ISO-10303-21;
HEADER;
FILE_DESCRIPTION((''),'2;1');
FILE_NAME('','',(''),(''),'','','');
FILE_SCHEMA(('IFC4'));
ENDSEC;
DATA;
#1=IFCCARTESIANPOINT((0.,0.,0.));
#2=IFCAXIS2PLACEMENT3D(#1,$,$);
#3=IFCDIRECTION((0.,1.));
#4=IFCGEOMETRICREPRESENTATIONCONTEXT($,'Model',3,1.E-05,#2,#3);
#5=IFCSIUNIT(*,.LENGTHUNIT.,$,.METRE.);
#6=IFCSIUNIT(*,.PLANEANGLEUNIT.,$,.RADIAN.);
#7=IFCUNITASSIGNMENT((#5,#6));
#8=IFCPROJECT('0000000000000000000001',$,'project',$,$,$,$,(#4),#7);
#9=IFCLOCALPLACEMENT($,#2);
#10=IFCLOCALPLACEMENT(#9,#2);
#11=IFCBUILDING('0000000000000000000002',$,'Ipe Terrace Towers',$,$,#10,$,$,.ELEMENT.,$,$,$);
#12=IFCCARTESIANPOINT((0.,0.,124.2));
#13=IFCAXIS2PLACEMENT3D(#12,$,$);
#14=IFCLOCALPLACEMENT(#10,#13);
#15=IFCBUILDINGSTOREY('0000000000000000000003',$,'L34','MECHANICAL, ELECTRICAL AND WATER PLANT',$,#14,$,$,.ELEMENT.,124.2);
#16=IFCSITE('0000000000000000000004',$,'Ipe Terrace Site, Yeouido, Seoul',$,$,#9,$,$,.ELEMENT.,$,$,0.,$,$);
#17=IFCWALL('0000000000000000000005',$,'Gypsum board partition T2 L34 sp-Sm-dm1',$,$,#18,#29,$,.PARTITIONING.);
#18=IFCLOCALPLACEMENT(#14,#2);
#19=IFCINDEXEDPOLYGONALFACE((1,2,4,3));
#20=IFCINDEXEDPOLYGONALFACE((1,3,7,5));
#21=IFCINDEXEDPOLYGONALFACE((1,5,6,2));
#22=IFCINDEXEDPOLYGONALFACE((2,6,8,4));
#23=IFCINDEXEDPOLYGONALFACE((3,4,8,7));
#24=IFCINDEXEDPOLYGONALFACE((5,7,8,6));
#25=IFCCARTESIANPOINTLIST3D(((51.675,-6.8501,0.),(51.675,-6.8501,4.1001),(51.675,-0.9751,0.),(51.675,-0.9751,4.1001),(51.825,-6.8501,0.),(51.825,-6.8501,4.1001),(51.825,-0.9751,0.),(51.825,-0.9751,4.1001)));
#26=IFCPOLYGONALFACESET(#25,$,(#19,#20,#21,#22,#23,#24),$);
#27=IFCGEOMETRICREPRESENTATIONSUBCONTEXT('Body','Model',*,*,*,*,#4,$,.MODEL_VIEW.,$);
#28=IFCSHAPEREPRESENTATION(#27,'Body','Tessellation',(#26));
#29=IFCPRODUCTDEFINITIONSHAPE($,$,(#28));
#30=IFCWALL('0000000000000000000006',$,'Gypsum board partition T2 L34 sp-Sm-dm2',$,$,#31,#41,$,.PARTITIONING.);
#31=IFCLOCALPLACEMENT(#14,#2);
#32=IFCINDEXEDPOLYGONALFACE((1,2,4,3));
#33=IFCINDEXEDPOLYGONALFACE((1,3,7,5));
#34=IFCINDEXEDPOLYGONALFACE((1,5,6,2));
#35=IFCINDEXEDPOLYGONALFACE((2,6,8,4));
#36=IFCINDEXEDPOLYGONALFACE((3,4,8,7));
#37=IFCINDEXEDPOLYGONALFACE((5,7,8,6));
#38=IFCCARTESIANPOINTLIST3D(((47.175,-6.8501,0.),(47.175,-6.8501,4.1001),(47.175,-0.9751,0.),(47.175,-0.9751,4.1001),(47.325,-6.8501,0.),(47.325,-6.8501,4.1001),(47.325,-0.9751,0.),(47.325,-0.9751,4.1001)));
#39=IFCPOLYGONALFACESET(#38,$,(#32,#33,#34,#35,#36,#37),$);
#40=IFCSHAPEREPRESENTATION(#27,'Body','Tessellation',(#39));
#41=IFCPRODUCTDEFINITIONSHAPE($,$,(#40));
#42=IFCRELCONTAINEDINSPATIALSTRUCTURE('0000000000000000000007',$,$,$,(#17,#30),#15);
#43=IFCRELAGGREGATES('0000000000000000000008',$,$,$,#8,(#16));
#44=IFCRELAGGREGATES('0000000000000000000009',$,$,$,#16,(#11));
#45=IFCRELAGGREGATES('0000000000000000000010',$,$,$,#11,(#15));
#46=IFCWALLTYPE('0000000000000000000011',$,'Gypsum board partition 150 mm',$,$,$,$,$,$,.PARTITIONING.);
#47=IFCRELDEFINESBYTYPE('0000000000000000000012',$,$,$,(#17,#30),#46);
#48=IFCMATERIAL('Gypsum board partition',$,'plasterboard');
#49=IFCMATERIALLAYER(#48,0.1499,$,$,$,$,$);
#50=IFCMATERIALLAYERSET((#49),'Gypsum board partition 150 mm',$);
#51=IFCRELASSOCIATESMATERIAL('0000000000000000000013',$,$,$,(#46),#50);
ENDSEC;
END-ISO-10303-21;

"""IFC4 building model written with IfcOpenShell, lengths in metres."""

from ifc_helpers import new_model, si_unit, direction, frame, frame_2d, origin, place, context, subcontext, project, spatial, rectangle, extrude, material, layer, layer_set, type_object, element, save


model = new_model("IFC4")

# Units and contexts
model_context = context("Model", 3, precision=1e-05, world=origin(), true_north=direction((0.0, 1.0)))
body_context = subcontext(model_context, "Body", "Model", "MODEL_VIEW")
ifc_project = project(units=[si_unit("LENGTHUNIT", "METRE"), si_unit("PLANEANGLEUNIT", "RADIAN")], contexts=[model_context])

# Site, building, storey
site_placement = place(None, origin())
site = spatial("IfcSite", under=ifc_project, at=site_placement, Name="Ipe Terrace Site, Yeouido, Seoul", CompositionType="ELEMENT", RefElevation=0.0)
building_placement = place(site_placement, origin())
building = spatial("IfcBuilding", under=site, at=building_placement, Name="Ipe Terrace Towers", CompositionType="ELEMENT")
storey_placement = place(building_placement, frame((0.0, 0.0, 124.2)))
storey = spatial("IfcBuildingStorey", under=building, at=storey_placement, Name="L34", Description="MECHANICAL, ELECTRICAL AND WATER PLANT", CompositionType="ELEMENT", Elevation=124.2)

# Shared definitions
ifc_material_1 = material(Name="Gypsum board partition", Category="plasterboard")
ifc_layer_1 = layer(ifc_material_1, 0.1499)
ifc_layer_set_1 = layer_set([ifc_layer_1], Name="Gypsum board partition 150 mm")
wall_type_1 = type_object("IfcWallType", Name="Gypsum board partition 150 mm", PredefinedType="PARTITIONING", material=ifc_layer_set_1)

# Walls
for number, where, z_axis, x_axis, name in (
    (1, (51.75, -0.9751, 0.0), (0.0, 0.0, 1.0), (0.0, -1.0, 0.0), "Gypsum board partition T2 L34 sp-Sm-dm1"),
    (2, (47.25, -0.9751, 0.0), (0.0, 0.0, 1.0), (0.0, -1.0, 0.0), "Gypsum board partition T2 L34 sp-Sm-dm2"),
):
    element("IfcWall", number, at=place(storey_placement, frame(where, z_axis=z_axis, x_axis=x_axis)), inside=storey, type_object=wall_type_1, Name=name, PredefinedType="PARTITIONING", context=body_context, shape_type="SweptSolid", body=[
        extrude(rectangle(XDim=5.875, YDim=0.1499, at=frame_2d((2.9375, 0.0))), origin(), (0.0, 0.0, 1.0), 4.1001),
    ])

save(model, "model.ifc")
